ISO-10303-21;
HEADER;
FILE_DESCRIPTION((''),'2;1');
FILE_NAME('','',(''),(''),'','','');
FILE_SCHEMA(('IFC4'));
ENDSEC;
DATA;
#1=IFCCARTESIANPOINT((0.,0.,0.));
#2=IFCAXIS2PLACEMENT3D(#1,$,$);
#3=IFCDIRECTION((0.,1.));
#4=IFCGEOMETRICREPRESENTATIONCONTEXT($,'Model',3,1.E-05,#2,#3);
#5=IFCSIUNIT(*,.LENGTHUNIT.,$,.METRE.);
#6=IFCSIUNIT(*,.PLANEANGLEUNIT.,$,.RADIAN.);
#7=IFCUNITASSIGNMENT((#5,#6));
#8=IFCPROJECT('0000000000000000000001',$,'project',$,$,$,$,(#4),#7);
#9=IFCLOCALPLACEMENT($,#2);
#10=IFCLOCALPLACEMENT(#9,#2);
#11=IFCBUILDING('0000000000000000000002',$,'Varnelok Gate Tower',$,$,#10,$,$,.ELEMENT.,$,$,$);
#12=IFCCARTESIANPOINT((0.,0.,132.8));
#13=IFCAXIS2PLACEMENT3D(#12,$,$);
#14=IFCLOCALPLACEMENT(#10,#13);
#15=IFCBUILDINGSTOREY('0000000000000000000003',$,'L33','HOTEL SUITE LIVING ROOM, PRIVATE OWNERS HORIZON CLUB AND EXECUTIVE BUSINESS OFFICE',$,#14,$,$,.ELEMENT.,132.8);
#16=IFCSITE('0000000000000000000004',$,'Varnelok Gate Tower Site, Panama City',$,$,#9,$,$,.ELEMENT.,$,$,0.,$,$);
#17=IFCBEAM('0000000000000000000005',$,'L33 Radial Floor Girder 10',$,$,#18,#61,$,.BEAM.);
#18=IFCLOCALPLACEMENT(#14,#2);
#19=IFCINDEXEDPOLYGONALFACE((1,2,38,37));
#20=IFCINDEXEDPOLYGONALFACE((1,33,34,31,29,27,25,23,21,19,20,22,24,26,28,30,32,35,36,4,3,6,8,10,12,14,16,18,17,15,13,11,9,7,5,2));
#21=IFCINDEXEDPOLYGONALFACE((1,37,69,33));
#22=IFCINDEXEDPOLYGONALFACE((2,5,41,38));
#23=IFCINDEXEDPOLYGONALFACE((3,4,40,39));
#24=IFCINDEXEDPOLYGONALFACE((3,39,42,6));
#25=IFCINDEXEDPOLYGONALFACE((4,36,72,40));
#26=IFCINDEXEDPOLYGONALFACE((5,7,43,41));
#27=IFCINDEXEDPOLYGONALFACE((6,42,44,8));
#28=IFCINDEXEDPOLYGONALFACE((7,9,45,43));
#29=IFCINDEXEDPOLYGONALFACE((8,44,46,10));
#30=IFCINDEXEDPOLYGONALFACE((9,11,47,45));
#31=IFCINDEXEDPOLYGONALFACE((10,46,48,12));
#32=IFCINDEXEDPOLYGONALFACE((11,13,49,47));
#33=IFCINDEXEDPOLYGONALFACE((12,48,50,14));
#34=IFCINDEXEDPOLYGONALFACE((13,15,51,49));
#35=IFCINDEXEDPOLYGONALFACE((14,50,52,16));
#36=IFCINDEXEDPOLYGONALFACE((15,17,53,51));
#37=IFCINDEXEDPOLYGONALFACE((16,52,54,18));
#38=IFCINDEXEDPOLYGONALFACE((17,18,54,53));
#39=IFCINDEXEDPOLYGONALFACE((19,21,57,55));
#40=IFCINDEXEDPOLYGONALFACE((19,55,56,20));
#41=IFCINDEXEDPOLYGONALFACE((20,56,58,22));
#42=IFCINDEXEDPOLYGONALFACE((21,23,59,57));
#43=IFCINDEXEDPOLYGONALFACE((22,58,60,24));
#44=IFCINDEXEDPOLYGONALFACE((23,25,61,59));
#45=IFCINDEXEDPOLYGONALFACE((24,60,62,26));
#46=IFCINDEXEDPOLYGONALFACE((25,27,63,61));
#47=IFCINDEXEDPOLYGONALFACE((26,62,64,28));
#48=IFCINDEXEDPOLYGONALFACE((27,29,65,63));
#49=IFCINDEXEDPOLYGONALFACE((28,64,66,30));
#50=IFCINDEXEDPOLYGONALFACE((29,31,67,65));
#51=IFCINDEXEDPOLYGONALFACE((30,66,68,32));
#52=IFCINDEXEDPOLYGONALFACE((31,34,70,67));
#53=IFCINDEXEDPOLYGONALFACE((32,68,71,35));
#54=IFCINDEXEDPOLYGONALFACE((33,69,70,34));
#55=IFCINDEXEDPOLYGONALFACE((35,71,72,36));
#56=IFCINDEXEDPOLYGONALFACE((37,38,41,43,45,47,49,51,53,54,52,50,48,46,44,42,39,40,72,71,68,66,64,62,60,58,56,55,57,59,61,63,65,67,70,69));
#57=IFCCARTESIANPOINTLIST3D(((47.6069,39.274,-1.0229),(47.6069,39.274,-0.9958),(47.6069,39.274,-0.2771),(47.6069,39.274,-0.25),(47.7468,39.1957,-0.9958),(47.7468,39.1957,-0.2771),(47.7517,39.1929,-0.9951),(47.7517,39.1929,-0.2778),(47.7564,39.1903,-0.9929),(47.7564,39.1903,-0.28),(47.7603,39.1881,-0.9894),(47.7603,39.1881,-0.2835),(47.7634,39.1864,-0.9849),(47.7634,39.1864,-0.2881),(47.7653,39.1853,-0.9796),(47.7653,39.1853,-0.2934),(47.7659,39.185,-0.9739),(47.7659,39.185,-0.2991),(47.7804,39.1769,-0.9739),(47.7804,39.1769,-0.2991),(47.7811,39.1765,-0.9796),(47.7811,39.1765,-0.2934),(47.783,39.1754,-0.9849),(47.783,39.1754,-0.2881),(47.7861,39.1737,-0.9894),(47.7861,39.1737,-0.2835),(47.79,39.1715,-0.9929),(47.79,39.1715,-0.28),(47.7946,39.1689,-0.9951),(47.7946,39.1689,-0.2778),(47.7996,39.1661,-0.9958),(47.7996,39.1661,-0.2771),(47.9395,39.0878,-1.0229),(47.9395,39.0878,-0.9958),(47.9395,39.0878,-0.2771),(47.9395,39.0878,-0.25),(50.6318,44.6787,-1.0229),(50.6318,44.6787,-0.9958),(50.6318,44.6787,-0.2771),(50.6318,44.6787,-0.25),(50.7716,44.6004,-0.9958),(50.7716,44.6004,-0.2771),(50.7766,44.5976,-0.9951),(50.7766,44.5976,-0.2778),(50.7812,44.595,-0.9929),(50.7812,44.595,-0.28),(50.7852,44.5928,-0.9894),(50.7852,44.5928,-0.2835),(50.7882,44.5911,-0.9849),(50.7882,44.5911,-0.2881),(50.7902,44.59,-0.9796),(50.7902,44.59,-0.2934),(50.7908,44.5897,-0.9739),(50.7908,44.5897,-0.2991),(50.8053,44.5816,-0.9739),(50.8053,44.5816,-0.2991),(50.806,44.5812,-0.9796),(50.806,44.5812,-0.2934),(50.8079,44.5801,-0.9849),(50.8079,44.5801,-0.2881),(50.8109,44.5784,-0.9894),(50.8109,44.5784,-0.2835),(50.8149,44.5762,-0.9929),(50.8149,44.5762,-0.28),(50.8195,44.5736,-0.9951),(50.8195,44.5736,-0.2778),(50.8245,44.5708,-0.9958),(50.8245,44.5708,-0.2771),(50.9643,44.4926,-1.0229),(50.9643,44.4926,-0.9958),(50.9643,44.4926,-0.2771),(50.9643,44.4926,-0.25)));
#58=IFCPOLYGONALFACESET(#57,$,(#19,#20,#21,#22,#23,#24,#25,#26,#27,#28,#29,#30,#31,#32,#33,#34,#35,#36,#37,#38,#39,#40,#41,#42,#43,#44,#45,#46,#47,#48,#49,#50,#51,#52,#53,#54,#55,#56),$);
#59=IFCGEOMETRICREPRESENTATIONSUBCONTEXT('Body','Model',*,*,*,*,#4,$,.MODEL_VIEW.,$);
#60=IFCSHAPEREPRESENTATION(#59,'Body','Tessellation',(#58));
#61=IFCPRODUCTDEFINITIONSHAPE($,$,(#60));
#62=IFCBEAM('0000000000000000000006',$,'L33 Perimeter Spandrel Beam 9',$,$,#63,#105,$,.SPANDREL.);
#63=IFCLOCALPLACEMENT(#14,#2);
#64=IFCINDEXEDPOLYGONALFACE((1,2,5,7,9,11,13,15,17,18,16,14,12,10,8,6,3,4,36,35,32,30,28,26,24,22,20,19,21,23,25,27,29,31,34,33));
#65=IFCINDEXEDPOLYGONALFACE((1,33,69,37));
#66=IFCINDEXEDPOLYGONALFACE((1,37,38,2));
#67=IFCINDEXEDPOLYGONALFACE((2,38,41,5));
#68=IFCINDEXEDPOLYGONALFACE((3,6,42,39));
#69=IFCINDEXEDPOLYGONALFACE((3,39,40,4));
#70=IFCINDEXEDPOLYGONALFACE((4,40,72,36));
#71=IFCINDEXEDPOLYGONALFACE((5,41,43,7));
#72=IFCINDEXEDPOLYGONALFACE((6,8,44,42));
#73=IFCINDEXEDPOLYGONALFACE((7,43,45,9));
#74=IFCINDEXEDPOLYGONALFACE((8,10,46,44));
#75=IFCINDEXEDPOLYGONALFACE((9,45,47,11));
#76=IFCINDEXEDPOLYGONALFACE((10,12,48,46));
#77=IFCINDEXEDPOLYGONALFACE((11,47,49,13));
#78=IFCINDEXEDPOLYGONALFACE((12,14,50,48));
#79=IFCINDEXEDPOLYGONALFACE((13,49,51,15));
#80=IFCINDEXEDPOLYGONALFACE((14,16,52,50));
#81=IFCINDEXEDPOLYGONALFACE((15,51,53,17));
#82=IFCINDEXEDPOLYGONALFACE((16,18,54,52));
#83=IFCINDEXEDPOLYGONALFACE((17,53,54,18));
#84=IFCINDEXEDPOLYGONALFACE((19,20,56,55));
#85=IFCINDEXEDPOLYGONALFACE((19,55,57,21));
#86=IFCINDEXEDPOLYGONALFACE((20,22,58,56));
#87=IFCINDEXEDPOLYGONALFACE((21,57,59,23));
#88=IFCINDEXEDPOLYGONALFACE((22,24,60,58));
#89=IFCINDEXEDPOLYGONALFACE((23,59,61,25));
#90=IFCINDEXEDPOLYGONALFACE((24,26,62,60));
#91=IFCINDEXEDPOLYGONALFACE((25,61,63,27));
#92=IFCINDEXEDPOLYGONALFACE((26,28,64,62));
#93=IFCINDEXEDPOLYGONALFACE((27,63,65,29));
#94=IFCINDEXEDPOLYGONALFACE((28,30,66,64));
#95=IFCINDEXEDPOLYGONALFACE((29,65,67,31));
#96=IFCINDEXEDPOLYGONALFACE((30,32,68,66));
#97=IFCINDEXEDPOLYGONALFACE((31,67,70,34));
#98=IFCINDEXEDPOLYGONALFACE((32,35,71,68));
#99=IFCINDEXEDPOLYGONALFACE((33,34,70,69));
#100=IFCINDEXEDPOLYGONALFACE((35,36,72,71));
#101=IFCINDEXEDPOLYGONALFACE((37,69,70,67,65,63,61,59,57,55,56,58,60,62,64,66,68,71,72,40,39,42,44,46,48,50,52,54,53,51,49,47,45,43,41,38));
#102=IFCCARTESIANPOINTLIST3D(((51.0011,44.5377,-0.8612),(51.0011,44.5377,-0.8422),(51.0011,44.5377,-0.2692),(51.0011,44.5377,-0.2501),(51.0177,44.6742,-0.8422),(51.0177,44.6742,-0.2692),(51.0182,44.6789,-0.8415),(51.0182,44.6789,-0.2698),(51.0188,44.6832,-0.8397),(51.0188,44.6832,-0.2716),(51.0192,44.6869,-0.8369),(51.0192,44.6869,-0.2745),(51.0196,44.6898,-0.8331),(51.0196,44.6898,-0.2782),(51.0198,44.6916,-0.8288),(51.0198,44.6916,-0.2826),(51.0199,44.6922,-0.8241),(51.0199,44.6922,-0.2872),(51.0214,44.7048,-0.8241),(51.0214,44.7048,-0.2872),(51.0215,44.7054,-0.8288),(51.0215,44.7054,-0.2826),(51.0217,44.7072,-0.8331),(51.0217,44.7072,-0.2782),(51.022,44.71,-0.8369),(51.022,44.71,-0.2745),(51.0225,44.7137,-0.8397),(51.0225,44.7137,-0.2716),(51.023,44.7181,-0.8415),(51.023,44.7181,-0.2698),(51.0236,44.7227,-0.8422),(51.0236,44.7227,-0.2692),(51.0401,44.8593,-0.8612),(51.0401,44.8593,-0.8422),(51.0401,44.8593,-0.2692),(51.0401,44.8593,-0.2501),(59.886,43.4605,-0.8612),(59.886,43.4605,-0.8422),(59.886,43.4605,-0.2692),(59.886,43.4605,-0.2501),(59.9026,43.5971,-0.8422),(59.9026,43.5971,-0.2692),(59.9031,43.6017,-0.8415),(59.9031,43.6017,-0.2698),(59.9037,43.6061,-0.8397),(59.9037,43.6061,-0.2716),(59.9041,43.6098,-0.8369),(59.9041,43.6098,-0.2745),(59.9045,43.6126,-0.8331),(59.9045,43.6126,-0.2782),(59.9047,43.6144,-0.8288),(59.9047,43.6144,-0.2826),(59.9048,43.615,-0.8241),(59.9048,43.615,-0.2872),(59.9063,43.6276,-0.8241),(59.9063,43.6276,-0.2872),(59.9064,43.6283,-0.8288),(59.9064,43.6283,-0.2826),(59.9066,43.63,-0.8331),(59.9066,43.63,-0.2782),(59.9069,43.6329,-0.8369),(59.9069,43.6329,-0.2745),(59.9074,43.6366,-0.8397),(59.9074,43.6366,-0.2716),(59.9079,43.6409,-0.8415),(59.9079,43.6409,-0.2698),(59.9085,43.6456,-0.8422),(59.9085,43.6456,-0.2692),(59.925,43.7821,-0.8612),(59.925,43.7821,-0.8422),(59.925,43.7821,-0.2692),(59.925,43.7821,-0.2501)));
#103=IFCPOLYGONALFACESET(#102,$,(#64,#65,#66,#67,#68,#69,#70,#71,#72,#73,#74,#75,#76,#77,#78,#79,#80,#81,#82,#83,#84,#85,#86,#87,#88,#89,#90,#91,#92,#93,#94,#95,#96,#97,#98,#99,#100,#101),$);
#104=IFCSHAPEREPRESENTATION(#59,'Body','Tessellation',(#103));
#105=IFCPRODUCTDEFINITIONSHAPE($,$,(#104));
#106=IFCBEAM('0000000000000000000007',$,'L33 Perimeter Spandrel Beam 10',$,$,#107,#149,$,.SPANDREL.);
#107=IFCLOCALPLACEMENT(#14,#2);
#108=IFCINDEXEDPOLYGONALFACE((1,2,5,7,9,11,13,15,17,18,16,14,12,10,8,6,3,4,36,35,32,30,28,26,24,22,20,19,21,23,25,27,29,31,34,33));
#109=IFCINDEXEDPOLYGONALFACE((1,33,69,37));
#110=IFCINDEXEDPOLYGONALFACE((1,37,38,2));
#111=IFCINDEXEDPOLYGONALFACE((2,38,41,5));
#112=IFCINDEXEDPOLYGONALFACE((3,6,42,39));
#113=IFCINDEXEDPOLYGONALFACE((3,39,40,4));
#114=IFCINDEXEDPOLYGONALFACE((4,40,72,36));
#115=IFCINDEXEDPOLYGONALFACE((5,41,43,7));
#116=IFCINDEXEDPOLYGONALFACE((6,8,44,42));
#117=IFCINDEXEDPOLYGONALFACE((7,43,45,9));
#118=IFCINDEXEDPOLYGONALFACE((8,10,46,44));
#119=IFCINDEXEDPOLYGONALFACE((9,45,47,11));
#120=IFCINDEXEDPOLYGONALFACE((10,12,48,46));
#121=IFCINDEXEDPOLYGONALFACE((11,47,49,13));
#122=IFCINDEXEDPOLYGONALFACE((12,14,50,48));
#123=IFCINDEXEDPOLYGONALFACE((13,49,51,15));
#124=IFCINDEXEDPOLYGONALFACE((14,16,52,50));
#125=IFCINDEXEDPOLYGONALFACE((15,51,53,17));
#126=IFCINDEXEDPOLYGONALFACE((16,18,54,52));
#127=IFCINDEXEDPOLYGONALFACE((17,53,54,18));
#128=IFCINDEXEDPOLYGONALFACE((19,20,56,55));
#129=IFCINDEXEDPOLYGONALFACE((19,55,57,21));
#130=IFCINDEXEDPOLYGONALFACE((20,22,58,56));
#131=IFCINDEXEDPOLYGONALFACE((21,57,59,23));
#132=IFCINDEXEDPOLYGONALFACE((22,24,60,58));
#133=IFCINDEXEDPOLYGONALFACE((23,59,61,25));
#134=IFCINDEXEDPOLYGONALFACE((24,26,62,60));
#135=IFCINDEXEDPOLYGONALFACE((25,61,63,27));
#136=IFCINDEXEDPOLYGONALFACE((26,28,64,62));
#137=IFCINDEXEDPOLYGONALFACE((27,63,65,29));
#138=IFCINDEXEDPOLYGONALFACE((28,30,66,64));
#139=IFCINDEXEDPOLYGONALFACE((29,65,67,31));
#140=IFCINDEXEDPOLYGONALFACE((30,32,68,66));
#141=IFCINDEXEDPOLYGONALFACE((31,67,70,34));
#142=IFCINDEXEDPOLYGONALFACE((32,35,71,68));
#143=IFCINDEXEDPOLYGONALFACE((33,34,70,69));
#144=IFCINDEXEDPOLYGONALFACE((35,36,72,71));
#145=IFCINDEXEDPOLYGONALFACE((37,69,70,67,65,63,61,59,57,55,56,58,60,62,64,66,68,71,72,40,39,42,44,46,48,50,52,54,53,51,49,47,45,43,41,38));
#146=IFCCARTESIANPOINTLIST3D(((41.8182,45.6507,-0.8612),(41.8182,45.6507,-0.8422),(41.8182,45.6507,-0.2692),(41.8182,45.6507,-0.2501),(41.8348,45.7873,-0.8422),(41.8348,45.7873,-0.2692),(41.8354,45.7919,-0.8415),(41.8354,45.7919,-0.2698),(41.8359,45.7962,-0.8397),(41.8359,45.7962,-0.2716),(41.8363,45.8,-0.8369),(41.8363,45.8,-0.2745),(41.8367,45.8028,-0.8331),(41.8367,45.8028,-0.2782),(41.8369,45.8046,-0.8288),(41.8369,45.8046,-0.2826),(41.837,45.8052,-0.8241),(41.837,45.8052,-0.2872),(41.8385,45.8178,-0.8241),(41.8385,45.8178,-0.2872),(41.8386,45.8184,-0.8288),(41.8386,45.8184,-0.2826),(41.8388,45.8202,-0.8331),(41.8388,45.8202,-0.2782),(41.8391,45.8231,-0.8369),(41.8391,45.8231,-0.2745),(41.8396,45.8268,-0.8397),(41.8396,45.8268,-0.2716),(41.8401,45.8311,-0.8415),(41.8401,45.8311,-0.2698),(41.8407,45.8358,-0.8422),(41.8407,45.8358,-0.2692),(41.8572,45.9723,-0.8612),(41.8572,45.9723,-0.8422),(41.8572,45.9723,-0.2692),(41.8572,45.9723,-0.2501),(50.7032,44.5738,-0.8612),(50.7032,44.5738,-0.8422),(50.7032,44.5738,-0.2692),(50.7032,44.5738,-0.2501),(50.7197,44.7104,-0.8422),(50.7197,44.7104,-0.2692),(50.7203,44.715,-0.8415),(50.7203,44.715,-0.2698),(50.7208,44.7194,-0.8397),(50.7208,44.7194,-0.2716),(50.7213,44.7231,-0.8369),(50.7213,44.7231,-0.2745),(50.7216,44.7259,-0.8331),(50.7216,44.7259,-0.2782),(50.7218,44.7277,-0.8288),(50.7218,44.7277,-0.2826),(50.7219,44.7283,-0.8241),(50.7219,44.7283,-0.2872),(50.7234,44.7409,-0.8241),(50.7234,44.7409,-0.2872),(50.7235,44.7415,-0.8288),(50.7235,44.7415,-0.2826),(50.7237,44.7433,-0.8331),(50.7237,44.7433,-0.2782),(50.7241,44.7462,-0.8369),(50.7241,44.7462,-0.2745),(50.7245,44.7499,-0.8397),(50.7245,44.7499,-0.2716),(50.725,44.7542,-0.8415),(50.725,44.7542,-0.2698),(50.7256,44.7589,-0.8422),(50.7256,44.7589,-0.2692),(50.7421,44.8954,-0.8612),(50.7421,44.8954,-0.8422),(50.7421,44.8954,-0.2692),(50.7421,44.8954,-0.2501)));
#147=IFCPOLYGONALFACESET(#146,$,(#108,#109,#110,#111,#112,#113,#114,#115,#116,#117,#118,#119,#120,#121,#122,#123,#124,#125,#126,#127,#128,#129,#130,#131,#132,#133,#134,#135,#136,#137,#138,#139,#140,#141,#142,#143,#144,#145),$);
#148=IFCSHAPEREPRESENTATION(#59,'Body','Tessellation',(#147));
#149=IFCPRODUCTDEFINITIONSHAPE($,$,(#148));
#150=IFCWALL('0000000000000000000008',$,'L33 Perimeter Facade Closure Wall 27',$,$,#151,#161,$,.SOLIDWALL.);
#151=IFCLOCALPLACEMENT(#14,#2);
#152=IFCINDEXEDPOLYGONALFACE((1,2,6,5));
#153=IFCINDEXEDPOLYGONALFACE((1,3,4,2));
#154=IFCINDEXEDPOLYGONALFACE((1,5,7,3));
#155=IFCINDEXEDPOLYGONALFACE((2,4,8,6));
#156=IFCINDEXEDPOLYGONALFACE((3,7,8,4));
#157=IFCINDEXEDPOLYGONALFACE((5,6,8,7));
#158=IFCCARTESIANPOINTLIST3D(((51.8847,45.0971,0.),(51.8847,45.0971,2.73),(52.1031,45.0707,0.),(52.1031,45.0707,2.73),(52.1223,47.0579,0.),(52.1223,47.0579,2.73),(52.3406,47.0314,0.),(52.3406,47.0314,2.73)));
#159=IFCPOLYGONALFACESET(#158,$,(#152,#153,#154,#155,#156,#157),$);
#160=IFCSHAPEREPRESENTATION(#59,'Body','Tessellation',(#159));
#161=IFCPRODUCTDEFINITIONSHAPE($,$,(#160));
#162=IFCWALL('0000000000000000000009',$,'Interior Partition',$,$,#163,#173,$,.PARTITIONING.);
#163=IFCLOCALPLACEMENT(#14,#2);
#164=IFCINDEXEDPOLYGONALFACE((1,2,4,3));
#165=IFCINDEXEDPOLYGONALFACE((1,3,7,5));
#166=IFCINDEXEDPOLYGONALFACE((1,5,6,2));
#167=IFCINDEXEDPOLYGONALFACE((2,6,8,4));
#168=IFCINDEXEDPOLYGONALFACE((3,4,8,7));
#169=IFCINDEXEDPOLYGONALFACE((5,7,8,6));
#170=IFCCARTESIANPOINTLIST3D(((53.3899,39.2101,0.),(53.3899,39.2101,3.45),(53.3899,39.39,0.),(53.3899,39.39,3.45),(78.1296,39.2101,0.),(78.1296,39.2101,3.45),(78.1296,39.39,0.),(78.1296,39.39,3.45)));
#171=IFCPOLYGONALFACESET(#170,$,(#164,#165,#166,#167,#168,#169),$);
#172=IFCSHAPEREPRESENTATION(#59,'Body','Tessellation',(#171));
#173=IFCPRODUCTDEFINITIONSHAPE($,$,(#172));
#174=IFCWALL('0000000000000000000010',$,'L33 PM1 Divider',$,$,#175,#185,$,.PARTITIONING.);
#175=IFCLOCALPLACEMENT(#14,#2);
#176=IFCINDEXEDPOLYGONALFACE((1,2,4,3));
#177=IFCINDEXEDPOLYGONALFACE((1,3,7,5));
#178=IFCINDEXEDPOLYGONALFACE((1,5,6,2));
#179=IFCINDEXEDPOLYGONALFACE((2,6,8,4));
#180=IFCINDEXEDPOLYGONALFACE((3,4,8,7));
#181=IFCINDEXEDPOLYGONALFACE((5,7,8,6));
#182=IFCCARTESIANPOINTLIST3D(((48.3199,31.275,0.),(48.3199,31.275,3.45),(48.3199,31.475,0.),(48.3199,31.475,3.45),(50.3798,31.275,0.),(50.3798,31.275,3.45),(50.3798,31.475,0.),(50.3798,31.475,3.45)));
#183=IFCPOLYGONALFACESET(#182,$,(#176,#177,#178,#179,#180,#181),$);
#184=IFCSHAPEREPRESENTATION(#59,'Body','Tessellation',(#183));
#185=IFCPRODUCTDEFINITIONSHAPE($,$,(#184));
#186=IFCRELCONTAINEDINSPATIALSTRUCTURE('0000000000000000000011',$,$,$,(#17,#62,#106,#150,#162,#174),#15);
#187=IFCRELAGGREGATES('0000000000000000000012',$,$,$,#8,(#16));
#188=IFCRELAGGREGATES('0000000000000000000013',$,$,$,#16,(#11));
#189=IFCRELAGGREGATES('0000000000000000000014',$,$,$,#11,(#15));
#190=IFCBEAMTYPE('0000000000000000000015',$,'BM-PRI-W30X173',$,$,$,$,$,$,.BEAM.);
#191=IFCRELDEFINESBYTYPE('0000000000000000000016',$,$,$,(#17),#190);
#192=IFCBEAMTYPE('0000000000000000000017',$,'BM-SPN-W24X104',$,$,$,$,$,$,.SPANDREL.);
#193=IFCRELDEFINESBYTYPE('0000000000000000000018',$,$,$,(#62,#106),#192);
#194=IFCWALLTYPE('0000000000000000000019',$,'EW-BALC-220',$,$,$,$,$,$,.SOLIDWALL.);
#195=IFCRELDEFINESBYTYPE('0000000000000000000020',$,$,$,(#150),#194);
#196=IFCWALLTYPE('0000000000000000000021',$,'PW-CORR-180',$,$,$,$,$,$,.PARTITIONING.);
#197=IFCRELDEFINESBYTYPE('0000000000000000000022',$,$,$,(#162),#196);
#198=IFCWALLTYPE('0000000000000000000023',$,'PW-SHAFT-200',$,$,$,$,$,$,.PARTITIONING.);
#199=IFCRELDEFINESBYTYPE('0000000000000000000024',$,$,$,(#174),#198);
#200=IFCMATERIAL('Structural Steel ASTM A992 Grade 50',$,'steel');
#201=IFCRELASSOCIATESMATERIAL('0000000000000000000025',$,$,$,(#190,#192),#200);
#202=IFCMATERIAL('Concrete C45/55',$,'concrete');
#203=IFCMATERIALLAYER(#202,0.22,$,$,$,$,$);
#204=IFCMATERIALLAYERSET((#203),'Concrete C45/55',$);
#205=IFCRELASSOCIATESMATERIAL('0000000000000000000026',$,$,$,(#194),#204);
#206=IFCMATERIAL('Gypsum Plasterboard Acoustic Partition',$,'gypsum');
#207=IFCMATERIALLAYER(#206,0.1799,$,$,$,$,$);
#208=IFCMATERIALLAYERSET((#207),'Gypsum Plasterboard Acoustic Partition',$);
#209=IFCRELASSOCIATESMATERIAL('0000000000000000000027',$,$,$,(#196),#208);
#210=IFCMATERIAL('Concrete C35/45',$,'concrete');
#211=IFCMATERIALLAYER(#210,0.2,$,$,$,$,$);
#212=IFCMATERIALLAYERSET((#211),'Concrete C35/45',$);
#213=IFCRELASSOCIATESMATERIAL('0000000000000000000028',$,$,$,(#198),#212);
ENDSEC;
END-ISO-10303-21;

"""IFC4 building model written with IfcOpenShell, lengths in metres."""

from ifc_helpers import new_model, si_unit, direction, frame, frame_2d, origin, origin_2d, place, context, subcontext, project, spatial, rectangle, i_section, extrude, material, layer, layer_set, material_profile, profile_set, type_object, element, save


model = new_model("IFC4")

# Units and contexts
model_context = context("Model", 3, precision=1e-05, world=origin(), true_north=direction((0.0, 1.0)))
body_context = subcontext(model_context, "Body", "Model", "MODEL_VIEW")
ifc_project = project(units=[si_unit("LENGTHUNIT", "METRE"), si_unit("PLANEANGLEUNIT", "RADIAN")], contexts=[model_context])

# Site, building, storey
site_placement = place(None, origin())
site = spatial("IfcSite", under=ifc_project, at=site_placement, Name="Varnelok Gate Tower Site, Panama City", CompositionType="ELEMENT", RefElevation=0.0)
building_placement = place(site_placement, origin())
building = spatial("IfcBuilding", under=site, at=building_placement, Name="Varnelok Gate Tower", CompositionType="ELEMENT")
storey_placement = place(building_placement, frame((0.0, 0.0, 132.8)))
storey = spatial("IfcBuildingStorey", under=building, at=storey_placement, Name="L33", Description="HOTEL SUITE LIVING ROOM, PRIVATE OWNERS HORIZON CLUB AND EXECUTIVE BUSINESS OFFICE", CompositionType="ELEMENT", Elevation=132.8)

# Shared definitions
ifc_material_1 = material(Name="Structural Steel ASTM A992 Grade 50", Category="steel")

# Beams
ifc_material_profile_1 = material_profile(ifc_material_1, i_section(OverallWidth=0.3811, OverallDepth=0.7729, WebThickness=0.0166, FlangeThickness=0.0271, FilletRadius=0.022, at=origin_2d()), Name="W30X173")
ifc_profile_set_1 = profile_set([ifc_material_profile_1], Name="Structural Steel ASTM A992 Grade 50")
beam_type_1 = type_object("IfcBeamType", Name="BM-PRI-W30X173", PredefinedType="BEAM", material=ifc_profile_set_1)
beam_1_placement = place(storey_placement, frame((47.7732, 39.1809, -0.6365), z_axis=(0.488385, 0.872628, 0.0), x_axis=(-0.872628, 0.488385, 0.0)))
element("IfcBeam", 1, at=beam_1_placement, inside=storey, type_object=beam_type_1, Name="L33 Radial Floor Girder 10", PredefinedType="BEAM", context=body_context, shape_type="SweptSolid", body=[
    extrude(i_section(OverallWidth=0.3811, OverallDepth=0.7729, WebThickness=0.0166, FlangeThickness=0.0271, FilletRadius=0.022, at=origin_2d()), origin(), (0.0, 0.0, 1.0), 6.1936),
])
ifc_material_profile_2 = material_profile(ifc_material_1, i_section(OverallWidth=0.324, OverallDepth=0.6111, WebThickness=0.0127, FlangeThickness=0.019, FilletRadius=0.0181, at=origin_2d()), Name="W24X104")
ifc_profile_set_2 = profile_set([ifc_material_profile_2], Name="Structural Steel ASTM A992 Grade 50")
beam_type_2 = type_object("IfcBeamType", Name="BM-SPN-W24X104", PredefinedType="SPANDREL", material=ifc_profile_set_2)
for number, where, z_axis, x_axis, name in (
    (2, (59.9055, 43.6213, -0.5557), (-0.992731, 0.120351, 0.0), (-0.120351, -0.992731, 0.0), "L33 Perimeter Spandrel Beam 9"),
    (3, (50.7227, 44.7346, -0.5557), (-0.992735, 0.120324, 0.0), (-0.120324, -0.992735, 0.0), "L33 Perimeter Spandrel Beam 10"),
):
    element("IfcBeam", number, at=place(storey_placement, frame(where, z_axis=z_axis, x_axis=x_axis)), inside=storey, type_object=beam_type_2, Name=name, PredefinedType="SPANDREL", context=body_context, shape_type="SweptSolid", body=[
        extrude(i_section(OverallWidth=0.324, OverallDepth=0.6111, WebThickness=0.0127, FlangeThickness=0.019, FilletRadius=0.0181, at=origin_2d()), origin(), (0.0, 0.0, 1.0), 8.95),
    ])

# Walls
ifc_material_2 = material(Name="Concrete C45/55", Category="concrete")
ifc_layer_1 = layer(ifc_material_2, 0.22)
ifc_layer_set_1 = layer_set([ifc_layer_1], Name="Concrete C45/55")
wall_type_1 = type_object("IfcWallType", Name="EW-BALC-220", PredefinedType="SOLIDWALL", material=ifc_layer_set_1)
wall_1_placement = place(storey_placement, frame((52.2314, 47.0447, 0.0), z_axis=(0.0, 0.0, 1.0), x_axis=(-0.120276, -0.99274, 0.0)))
element("IfcWall", 4, at=wall_1_placement, inside=storey, type_object=wall_type_1, Name="L33 Perimeter Facade Closure Wall 27", PredefinedType="SOLIDWALL", context=body_context, shape_type="SweptSolid", body=[
    extrude(rectangle(XDim=1.9751, YDim=0.22, at=frame_2d((0.9875, 0.0))), origin(), (0.0, 0.0, 1.0), 2.73),
])
ifc_material_3 = material(Name="Gypsum Plasterboard Acoustic Partition", Category="gypsum")
ifc_layer_2 = layer(ifc_material_3, 0.1799)
ifc_layer_set_2 = layer_set([ifc_layer_2], Name="Gypsum Plasterboard Acoustic Partition")
wall_type_2 = type_object("IfcWallType", Name="PW-CORR-180", PredefinedType="PARTITIONING", material=ifc_layer_set_2)
wall_2_placement = place(storey_placement, frame((53.3899, 39.3, 0.0), z_axis=(0.0, 0.0, 1.0), x_axis=(1.0, 0.0, 0.0)))
element("IfcWall", 5, at=wall_2_placement, inside=storey, type_object=wall_type_2, Name="Interior Partition", PredefinedType="PARTITIONING", context=body_context, shape_type="SweptSolid", body=[
    extrude(rectangle(XDim=24.7397, YDim=0.1799, at=frame_2d((12.3699, 0.0))), origin(), (0.0, 0.0, 1.0), 3.45),
])
ifc_material_4 = material(Name="Concrete C35/45", Category="concrete")
ifc_layer_3 = layer(ifc_material_4, 0.2)
ifc_layer_set_3 = layer_set([ifc_layer_3], Name="Concrete C35/45")
wall_type_3 = type_object("IfcWallType", Name="PW-SHAFT-200", PredefinedType="PARTITIONING", material=ifc_layer_set_3)
for number, where, z_axis, x_axis, name in (
    (6, (48.3201, 31.375, 0.0), (0.0, 0.0, 1.0), (1.0, 0.0, 0.0), "L33 PM1 Divider"),
):
    element("IfcWall", number, at=place(storey_placement, frame(where, z_axis=z_axis, x_axis=x_axis)), inside=storey, type_object=wall_type_3, Name=name, PredefinedType="PARTITIONING", context=body_context, shape_type="SweptSolid", body=[
        extrude(rectangle(XDim=2.0598, YDim=0.2, at=frame_2d((1.0298, 0.0))), origin(), (0.0, 0.0, 1.0), 3.45),
    ])

save(model, "model.ifc")
